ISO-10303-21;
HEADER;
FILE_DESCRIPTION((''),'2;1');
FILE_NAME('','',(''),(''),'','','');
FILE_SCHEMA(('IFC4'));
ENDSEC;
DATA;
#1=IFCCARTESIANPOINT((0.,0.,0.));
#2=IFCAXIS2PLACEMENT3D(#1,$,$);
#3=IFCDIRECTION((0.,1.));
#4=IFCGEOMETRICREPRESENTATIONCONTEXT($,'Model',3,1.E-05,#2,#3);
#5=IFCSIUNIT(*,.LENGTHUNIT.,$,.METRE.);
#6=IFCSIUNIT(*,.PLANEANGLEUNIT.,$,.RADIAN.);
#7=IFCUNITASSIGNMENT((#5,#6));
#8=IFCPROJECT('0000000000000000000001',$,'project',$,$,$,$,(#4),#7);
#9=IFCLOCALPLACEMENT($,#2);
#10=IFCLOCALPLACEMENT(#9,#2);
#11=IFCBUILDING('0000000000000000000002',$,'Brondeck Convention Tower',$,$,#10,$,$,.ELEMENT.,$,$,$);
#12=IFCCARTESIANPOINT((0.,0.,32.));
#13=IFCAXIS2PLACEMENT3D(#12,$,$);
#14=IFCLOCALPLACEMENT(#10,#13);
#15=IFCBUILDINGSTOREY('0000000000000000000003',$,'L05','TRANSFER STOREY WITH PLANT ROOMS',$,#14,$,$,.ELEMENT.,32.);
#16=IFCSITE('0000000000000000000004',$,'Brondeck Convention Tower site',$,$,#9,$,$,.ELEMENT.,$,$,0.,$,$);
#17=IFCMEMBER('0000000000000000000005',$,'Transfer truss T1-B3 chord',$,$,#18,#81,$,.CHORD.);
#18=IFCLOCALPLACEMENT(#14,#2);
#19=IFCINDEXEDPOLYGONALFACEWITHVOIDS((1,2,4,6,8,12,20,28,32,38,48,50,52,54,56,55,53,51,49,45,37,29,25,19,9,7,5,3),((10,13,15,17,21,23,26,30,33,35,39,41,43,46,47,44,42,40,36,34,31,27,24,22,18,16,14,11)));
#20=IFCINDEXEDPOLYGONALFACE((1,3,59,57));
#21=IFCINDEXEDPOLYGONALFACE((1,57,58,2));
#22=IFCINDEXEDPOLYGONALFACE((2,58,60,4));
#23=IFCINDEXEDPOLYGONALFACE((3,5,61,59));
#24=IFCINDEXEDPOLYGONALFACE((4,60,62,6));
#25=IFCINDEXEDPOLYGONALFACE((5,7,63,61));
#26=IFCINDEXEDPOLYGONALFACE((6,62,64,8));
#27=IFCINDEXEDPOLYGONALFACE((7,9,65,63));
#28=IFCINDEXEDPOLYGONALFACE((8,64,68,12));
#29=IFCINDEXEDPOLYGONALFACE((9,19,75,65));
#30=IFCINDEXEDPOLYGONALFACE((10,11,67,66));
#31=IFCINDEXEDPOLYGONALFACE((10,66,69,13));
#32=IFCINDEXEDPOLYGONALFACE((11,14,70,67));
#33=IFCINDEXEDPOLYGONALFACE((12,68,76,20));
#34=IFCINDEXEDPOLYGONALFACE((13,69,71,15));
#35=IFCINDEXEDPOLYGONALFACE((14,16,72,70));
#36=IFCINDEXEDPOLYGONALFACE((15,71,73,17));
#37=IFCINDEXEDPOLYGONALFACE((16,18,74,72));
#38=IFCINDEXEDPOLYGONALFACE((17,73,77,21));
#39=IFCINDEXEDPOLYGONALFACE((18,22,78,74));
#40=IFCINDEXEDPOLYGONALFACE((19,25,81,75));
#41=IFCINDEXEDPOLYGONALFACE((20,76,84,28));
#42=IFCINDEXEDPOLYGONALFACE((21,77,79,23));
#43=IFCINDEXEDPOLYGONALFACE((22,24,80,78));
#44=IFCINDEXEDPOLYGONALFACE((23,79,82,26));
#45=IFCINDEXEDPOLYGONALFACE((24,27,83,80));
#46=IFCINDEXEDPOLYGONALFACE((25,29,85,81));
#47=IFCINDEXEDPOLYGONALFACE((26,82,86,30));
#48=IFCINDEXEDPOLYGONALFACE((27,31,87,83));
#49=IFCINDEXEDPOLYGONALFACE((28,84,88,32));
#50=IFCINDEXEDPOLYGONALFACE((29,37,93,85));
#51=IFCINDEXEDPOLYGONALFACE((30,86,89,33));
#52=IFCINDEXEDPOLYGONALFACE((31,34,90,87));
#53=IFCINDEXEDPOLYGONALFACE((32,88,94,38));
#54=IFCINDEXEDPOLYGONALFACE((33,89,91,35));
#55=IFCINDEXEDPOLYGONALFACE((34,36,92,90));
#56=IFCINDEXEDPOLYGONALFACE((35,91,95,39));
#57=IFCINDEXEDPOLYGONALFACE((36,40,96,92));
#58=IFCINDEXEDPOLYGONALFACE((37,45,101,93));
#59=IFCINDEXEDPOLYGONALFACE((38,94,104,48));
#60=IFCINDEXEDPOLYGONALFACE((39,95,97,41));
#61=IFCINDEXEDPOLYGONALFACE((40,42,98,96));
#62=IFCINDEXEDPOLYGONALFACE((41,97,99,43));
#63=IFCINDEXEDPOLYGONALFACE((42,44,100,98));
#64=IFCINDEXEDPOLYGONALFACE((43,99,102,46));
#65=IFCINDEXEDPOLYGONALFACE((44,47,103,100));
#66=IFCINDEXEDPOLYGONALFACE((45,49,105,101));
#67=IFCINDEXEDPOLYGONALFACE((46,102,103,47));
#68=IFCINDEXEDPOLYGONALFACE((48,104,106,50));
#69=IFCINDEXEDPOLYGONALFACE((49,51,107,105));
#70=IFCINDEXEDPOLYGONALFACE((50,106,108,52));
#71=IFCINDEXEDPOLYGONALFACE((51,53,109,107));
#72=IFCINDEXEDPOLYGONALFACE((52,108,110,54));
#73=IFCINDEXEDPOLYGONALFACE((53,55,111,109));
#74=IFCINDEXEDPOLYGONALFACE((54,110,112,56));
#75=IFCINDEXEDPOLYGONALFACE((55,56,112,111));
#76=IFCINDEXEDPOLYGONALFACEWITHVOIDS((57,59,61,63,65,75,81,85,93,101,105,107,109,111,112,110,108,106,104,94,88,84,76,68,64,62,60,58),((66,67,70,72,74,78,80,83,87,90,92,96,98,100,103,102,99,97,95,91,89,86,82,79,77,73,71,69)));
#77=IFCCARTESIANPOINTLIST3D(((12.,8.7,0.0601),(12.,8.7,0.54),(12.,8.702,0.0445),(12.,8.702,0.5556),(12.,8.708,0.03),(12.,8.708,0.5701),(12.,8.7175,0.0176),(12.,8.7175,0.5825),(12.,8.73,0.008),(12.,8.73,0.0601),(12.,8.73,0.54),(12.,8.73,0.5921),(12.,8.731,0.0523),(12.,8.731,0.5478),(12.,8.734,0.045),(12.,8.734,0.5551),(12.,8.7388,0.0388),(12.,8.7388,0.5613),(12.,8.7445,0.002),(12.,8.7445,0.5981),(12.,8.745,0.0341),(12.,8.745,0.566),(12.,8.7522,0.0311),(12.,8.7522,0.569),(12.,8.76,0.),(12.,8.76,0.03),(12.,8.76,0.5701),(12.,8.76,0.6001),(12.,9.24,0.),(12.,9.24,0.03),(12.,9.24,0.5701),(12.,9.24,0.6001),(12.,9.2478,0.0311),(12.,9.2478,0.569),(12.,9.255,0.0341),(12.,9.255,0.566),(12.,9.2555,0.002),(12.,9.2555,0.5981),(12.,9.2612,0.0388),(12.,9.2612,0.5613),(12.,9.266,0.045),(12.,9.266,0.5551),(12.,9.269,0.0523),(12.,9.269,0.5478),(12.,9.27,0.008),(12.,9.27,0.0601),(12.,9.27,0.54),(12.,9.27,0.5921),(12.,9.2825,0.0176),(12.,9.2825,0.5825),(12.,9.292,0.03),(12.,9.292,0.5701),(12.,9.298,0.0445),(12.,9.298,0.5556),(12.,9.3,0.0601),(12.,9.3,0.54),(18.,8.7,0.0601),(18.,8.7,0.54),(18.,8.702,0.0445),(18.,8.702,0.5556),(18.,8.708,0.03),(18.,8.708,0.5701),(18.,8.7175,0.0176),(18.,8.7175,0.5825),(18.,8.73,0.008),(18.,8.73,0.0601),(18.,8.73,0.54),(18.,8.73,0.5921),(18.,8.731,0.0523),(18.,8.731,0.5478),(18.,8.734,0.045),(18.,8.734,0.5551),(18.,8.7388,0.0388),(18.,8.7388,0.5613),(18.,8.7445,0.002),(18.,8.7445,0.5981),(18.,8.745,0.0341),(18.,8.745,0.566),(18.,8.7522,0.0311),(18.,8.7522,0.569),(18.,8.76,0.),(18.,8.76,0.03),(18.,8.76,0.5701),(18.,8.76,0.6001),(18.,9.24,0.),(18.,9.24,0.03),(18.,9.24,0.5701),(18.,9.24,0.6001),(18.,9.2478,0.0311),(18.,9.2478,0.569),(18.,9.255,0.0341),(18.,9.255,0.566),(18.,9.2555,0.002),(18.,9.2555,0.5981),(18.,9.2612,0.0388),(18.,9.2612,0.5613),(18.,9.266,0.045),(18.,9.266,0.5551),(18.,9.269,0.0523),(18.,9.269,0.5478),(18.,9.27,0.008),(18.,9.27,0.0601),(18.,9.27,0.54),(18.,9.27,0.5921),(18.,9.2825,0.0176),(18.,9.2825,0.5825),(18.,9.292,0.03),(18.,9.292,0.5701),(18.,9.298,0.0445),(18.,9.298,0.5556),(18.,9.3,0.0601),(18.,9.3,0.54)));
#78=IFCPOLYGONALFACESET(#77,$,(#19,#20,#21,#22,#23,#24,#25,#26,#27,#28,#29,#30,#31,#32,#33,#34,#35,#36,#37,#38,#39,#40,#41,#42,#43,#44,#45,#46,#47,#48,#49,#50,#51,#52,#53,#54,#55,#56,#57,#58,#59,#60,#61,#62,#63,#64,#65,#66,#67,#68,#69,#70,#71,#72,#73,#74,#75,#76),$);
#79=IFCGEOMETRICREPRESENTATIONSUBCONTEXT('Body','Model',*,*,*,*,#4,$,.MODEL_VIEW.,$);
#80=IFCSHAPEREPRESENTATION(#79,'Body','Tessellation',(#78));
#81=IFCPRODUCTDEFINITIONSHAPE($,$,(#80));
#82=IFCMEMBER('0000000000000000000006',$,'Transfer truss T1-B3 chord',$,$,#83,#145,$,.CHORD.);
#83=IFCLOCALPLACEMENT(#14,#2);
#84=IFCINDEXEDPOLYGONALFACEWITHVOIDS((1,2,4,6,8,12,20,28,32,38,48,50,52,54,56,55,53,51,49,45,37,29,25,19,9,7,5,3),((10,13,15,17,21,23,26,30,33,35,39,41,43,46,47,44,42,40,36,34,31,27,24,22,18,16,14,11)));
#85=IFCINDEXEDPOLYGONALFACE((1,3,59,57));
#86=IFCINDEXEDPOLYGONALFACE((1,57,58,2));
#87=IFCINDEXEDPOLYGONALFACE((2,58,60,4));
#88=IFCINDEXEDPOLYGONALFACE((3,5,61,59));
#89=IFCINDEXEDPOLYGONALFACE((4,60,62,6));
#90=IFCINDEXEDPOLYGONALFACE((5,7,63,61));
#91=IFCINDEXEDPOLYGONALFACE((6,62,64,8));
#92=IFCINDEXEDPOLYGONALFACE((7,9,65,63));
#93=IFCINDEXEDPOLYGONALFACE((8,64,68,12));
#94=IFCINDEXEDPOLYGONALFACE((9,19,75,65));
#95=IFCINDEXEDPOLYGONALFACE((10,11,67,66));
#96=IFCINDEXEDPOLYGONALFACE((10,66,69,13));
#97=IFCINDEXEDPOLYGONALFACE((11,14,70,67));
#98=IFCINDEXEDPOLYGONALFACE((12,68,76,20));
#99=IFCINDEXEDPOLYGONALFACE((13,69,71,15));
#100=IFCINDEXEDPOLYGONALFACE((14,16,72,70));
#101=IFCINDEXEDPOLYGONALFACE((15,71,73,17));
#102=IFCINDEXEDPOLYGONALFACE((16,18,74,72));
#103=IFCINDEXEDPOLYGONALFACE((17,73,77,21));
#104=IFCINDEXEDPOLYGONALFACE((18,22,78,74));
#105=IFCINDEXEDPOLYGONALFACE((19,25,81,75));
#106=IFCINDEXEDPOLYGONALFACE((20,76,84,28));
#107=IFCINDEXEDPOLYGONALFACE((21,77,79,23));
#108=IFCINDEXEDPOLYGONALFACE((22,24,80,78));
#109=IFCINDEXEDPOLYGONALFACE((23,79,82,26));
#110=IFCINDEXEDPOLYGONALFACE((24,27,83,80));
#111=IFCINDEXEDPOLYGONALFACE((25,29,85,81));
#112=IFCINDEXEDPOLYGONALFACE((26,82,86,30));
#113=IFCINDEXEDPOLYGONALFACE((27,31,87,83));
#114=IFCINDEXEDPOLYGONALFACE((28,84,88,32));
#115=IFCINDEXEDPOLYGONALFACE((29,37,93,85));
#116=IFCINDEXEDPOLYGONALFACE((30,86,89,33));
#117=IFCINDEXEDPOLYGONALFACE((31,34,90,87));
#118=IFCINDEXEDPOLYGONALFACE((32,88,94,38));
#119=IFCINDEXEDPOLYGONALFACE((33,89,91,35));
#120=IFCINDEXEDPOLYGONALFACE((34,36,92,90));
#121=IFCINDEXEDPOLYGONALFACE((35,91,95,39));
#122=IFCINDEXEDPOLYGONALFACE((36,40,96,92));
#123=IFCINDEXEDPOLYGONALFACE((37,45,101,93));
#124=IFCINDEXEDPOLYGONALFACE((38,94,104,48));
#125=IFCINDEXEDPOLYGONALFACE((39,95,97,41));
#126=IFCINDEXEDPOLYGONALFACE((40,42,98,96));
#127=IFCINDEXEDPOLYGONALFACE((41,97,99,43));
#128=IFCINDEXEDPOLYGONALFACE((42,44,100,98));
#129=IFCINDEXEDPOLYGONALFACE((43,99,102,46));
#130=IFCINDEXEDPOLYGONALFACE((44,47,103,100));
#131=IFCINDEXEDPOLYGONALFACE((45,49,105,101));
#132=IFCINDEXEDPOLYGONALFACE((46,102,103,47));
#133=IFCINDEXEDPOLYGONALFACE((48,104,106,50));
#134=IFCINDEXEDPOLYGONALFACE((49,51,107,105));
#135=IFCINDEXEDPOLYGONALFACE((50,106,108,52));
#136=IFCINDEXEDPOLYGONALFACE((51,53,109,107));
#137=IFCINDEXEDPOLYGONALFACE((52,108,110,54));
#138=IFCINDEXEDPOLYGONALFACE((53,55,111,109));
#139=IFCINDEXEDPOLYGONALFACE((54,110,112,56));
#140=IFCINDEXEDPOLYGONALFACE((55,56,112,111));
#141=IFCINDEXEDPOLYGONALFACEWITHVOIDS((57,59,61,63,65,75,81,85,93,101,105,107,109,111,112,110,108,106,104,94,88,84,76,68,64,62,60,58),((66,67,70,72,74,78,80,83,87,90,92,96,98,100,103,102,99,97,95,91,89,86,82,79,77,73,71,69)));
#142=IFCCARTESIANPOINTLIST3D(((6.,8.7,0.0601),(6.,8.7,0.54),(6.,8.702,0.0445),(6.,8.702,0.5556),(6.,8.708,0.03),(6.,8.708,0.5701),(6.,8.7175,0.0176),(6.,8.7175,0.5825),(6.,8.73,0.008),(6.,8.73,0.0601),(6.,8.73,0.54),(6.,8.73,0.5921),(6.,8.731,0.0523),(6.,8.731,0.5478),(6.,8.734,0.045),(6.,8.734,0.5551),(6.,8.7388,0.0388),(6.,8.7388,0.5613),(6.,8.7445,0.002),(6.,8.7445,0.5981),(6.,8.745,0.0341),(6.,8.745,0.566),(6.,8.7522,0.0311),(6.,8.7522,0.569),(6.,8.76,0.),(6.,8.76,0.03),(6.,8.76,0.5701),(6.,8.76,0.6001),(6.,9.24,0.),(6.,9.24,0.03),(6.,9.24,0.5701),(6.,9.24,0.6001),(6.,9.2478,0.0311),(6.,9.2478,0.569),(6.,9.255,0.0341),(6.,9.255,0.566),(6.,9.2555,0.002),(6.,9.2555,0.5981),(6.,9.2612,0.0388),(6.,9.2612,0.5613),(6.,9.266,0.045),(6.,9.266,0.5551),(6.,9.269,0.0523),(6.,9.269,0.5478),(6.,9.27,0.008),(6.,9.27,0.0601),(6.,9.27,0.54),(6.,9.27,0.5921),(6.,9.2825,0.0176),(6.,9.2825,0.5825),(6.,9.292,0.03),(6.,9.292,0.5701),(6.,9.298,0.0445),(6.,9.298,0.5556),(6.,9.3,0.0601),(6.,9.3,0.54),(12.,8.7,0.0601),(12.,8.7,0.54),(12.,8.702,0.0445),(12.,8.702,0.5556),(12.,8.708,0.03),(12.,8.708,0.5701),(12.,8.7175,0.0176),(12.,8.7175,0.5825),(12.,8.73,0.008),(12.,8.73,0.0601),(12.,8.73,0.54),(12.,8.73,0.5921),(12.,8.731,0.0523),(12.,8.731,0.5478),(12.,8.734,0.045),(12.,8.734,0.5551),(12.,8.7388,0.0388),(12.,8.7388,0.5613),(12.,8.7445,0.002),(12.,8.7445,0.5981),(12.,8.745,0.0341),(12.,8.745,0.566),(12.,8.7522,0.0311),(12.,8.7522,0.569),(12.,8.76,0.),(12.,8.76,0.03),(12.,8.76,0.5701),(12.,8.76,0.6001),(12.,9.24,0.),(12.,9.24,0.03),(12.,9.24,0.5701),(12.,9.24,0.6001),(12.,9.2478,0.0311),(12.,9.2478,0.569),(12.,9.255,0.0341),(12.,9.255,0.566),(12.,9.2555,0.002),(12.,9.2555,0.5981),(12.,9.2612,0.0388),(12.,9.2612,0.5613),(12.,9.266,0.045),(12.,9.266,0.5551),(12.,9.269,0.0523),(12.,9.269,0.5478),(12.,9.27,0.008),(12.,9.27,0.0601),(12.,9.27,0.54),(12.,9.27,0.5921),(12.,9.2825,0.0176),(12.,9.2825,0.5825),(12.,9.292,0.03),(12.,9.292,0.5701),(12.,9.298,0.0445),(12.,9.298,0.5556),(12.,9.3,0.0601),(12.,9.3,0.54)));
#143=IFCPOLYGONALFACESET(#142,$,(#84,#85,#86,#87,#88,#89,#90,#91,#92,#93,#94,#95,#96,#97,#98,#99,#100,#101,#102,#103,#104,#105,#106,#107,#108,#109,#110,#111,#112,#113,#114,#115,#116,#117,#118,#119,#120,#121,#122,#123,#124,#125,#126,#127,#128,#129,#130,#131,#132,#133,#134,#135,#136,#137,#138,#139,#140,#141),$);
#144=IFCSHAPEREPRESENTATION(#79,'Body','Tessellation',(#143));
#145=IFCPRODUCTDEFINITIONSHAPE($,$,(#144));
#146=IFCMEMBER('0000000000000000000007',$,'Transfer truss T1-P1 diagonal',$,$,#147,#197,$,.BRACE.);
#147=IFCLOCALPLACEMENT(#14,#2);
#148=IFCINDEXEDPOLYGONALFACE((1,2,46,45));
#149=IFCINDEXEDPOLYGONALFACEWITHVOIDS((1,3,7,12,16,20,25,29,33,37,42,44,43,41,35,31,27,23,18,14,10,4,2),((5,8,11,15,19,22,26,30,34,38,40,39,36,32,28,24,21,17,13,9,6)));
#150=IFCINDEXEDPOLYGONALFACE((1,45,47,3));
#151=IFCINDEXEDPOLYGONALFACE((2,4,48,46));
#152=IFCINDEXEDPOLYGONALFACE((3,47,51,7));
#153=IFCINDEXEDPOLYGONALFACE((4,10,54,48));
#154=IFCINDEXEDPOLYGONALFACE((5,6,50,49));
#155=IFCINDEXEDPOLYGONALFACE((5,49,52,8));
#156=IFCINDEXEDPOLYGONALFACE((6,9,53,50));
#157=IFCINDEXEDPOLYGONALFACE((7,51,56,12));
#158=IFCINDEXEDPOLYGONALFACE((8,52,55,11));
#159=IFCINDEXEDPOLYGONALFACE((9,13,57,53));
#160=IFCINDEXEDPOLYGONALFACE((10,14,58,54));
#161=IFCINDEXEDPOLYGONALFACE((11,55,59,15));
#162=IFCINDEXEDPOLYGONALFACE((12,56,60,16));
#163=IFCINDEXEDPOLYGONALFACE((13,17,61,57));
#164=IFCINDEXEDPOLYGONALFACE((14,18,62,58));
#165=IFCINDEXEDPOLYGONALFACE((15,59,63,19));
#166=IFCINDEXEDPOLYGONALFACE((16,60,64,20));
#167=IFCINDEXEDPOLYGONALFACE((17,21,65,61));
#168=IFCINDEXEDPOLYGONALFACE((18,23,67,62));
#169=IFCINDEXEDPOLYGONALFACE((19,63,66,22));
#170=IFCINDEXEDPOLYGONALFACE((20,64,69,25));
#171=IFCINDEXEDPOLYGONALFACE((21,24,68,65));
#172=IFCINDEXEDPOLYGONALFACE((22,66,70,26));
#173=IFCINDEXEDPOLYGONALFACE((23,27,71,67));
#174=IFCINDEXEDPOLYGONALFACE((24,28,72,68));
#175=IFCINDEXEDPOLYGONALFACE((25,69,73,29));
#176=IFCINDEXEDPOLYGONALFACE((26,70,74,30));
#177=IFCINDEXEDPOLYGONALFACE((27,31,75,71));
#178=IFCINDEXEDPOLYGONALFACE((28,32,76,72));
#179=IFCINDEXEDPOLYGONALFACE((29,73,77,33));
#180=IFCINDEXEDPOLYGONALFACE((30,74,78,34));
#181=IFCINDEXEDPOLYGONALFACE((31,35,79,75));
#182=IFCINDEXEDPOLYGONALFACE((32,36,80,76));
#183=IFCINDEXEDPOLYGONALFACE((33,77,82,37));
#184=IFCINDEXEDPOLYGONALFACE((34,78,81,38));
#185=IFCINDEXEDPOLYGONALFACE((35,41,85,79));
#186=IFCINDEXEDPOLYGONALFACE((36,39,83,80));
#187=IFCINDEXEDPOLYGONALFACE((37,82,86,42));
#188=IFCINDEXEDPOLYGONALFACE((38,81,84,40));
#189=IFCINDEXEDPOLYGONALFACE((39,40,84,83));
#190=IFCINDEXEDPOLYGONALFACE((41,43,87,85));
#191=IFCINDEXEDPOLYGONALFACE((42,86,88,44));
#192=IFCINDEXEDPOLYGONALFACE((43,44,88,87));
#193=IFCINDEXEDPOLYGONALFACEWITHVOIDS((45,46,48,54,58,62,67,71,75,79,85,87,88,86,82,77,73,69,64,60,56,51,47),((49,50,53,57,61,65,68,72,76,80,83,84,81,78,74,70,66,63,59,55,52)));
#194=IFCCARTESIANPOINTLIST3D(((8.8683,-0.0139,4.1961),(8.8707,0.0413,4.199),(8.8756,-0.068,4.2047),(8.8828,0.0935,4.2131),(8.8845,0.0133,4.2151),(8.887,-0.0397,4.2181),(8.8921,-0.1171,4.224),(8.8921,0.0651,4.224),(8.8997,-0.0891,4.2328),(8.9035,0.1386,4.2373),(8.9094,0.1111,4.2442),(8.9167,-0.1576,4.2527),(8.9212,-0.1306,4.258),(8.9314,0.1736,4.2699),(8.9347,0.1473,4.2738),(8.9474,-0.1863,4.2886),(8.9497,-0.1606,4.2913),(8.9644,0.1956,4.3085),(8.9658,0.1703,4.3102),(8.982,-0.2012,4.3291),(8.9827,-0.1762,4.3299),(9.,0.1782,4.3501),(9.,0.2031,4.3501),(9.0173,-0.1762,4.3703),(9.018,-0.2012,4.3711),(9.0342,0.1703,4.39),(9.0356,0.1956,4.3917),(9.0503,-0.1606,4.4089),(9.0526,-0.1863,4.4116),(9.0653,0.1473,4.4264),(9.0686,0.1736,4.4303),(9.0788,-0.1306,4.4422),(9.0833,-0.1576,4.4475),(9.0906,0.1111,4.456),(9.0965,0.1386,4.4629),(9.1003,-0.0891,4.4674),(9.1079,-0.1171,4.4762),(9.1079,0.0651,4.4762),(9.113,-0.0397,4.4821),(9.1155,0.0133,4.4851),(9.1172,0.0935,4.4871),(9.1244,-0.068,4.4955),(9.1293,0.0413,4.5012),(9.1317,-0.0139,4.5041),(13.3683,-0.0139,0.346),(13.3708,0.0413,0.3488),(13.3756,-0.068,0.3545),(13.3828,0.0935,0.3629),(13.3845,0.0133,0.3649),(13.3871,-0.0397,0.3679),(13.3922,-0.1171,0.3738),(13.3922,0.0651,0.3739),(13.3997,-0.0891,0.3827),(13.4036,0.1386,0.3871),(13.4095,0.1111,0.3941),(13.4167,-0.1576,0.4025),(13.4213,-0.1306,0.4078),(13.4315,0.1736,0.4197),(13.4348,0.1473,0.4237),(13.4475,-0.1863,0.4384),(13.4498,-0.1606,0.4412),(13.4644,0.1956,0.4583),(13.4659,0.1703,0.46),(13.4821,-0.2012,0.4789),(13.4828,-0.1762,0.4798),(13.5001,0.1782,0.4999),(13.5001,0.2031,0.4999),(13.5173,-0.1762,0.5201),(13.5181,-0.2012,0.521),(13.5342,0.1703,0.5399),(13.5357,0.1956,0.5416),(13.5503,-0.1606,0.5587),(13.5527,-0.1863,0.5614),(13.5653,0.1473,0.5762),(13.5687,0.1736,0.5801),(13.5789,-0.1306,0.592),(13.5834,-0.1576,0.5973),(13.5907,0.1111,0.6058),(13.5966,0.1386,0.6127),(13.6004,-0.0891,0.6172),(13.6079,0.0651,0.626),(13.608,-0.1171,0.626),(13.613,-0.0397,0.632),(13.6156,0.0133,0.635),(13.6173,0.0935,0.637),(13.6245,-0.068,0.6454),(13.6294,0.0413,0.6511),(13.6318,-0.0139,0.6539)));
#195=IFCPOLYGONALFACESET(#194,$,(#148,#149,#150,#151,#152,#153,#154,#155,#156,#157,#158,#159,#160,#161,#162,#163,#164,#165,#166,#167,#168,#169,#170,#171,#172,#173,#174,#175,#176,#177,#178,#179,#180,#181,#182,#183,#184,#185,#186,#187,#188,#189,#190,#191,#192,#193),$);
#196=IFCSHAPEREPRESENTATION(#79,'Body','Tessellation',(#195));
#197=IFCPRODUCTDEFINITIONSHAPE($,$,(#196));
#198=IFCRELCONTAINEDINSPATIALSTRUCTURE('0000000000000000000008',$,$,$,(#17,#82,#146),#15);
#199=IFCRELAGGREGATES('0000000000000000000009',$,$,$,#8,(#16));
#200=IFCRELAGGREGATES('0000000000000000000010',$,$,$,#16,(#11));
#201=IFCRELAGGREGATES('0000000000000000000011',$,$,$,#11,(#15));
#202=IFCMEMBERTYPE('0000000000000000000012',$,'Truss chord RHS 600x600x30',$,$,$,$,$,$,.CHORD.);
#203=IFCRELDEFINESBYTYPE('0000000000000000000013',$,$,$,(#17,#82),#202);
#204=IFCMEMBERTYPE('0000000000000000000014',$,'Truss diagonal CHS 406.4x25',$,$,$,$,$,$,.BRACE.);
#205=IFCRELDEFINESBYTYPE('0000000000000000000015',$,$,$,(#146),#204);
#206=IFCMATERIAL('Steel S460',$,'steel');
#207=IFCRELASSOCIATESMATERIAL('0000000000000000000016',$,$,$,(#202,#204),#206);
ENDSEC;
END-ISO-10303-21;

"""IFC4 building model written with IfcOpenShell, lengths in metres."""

from ifc_helpers import new_model, si_unit, direction, frame, origin, origin_2d, place, context, subcontext, project, spatial, hollow_rectangle, hollow_circle, extrude, material, material_profile, profile_set, type_object, element, save


model = new_model("IFC4")

# Units and contexts
model_context = context("Model", 3, precision=1e-05, world=origin(), true_north=direction((0.0, 1.0)))
body_context = subcontext(model_context, "Body", "Model", "MODEL_VIEW")
ifc_project = project(units=[si_unit("LENGTHUNIT", "METRE"), si_unit("PLANEANGLEUNIT", "RADIAN")], contexts=[model_context])

# Site, building, storey
site_placement = place(None, origin())
site = spatial("IfcSite", under=ifc_project, at=site_placement, Name="Brondeck Convention Tower site", CompositionType="ELEMENT", RefElevation=0.0)
building_placement = place(site_placement, origin())
building = spatial("IfcBuilding", under=site, at=building_placement, Name="Brondeck Convention Tower", CompositionType="ELEMENT")
storey_placement = place(building_placement, frame((0.0, 0.0, 32.0)))
storey = spatial("IfcBuildingStorey", under=building, at=storey_placement, Name="L05", Description="TRANSFER STOREY WITH PLANT ROOMS", CompositionType="ELEMENT", Elevation=32.0)

# Shared definitions
ifc_material_1 = material(Name="Steel S460", Category="steel")

# Members
ifc_material_profile_1 = material_profile(ifc_material_1, hollow_rectangle(XDim=0.6001, YDim=0.6001, WallThickness=0.03, InnerFilletRadius=0.03, OuterFilletRadius=0.0601, at=origin_2d()), Name="RHS 600x600x30")
ifc_profile_set_1 = profile_set([ifc_material_profile_1], Name="Steel S460")
member_type_1 = type_object("IfcMemberType", Name="Truss chord RHS 600x600x30", PredefinedType="CHORD", material=ifc_profile_set_1)
for number, where, z_axis, x_axis, name in (
    (1, (18.0, 9.0, 0.3), (-1.0, 0.0, 0.0), (0.0, -1.0, 0.0), "Transfer truss T1-B3 chord"),
    (2, (12.0, 9.0, 0.3), (-1.0, 0.0, 0.0), (0.0, -1.0, 0.0), "Transfer truss T1-B3 chord"),
):
    element("IfcMember", number, at=place(storey_placement, frame(where, z_axis=z_axis, x_axis=x_axis)), inside=storey, type_object=member_type_1, Name=name, PredefinedType="CHORD", context=body_context, shape_type="SweptSolid", body=[
        extrude(hollow_rectangle(XDim=0.6001, YDim=0.6001, WallThickness=0.03, InnerFilletRadius=0.03, OuterFilletRadius=0.0601, at=origin_2d()), origin(), (0.0, 0.0, 1.0), 6.0),
    ])
ifc_material_profile_2 = material_profile(ifc_material_1, hollow_circle(Radius=0.2031, WallThickness=0.0249, at=origin_2d()), Name="CHS 406.4x25")
ifc_profile_set_2 = profile_set([ifc_material_profile_2], Name="Steel S460")
member_type_2 = type_object("IfcMemberType", Name="Truss diagonal CHS 406.4x25", PredefinedType="BRACE", material=ifc_profile_set_2)
for number, where, z_axis, x_axis, name in (
    (3, (9.0, 0.0, 4.3501), (0.759844, 0.0, -0.650105), (0.0, 1.0, 0.0), "Transfer truss T1-P1 diagonal"),
):
    element("IfcMember", number, at=place(storey_placement, frame(where, z_axis=z_axis, x_axis=x_axis)), inside=storey, type_object=member_type_2, Name=name, PredefinedType="BRACE", context=body_context, shape_type="SweptSolid", body=[
        extrude(hollow_circle(Radius=0.2031, WallThickness=0.0249, at=origin_2d()), origin(), (0.0, 0.0, 1.0), 5.9224),
    ])

save(model, "model.ifc")
